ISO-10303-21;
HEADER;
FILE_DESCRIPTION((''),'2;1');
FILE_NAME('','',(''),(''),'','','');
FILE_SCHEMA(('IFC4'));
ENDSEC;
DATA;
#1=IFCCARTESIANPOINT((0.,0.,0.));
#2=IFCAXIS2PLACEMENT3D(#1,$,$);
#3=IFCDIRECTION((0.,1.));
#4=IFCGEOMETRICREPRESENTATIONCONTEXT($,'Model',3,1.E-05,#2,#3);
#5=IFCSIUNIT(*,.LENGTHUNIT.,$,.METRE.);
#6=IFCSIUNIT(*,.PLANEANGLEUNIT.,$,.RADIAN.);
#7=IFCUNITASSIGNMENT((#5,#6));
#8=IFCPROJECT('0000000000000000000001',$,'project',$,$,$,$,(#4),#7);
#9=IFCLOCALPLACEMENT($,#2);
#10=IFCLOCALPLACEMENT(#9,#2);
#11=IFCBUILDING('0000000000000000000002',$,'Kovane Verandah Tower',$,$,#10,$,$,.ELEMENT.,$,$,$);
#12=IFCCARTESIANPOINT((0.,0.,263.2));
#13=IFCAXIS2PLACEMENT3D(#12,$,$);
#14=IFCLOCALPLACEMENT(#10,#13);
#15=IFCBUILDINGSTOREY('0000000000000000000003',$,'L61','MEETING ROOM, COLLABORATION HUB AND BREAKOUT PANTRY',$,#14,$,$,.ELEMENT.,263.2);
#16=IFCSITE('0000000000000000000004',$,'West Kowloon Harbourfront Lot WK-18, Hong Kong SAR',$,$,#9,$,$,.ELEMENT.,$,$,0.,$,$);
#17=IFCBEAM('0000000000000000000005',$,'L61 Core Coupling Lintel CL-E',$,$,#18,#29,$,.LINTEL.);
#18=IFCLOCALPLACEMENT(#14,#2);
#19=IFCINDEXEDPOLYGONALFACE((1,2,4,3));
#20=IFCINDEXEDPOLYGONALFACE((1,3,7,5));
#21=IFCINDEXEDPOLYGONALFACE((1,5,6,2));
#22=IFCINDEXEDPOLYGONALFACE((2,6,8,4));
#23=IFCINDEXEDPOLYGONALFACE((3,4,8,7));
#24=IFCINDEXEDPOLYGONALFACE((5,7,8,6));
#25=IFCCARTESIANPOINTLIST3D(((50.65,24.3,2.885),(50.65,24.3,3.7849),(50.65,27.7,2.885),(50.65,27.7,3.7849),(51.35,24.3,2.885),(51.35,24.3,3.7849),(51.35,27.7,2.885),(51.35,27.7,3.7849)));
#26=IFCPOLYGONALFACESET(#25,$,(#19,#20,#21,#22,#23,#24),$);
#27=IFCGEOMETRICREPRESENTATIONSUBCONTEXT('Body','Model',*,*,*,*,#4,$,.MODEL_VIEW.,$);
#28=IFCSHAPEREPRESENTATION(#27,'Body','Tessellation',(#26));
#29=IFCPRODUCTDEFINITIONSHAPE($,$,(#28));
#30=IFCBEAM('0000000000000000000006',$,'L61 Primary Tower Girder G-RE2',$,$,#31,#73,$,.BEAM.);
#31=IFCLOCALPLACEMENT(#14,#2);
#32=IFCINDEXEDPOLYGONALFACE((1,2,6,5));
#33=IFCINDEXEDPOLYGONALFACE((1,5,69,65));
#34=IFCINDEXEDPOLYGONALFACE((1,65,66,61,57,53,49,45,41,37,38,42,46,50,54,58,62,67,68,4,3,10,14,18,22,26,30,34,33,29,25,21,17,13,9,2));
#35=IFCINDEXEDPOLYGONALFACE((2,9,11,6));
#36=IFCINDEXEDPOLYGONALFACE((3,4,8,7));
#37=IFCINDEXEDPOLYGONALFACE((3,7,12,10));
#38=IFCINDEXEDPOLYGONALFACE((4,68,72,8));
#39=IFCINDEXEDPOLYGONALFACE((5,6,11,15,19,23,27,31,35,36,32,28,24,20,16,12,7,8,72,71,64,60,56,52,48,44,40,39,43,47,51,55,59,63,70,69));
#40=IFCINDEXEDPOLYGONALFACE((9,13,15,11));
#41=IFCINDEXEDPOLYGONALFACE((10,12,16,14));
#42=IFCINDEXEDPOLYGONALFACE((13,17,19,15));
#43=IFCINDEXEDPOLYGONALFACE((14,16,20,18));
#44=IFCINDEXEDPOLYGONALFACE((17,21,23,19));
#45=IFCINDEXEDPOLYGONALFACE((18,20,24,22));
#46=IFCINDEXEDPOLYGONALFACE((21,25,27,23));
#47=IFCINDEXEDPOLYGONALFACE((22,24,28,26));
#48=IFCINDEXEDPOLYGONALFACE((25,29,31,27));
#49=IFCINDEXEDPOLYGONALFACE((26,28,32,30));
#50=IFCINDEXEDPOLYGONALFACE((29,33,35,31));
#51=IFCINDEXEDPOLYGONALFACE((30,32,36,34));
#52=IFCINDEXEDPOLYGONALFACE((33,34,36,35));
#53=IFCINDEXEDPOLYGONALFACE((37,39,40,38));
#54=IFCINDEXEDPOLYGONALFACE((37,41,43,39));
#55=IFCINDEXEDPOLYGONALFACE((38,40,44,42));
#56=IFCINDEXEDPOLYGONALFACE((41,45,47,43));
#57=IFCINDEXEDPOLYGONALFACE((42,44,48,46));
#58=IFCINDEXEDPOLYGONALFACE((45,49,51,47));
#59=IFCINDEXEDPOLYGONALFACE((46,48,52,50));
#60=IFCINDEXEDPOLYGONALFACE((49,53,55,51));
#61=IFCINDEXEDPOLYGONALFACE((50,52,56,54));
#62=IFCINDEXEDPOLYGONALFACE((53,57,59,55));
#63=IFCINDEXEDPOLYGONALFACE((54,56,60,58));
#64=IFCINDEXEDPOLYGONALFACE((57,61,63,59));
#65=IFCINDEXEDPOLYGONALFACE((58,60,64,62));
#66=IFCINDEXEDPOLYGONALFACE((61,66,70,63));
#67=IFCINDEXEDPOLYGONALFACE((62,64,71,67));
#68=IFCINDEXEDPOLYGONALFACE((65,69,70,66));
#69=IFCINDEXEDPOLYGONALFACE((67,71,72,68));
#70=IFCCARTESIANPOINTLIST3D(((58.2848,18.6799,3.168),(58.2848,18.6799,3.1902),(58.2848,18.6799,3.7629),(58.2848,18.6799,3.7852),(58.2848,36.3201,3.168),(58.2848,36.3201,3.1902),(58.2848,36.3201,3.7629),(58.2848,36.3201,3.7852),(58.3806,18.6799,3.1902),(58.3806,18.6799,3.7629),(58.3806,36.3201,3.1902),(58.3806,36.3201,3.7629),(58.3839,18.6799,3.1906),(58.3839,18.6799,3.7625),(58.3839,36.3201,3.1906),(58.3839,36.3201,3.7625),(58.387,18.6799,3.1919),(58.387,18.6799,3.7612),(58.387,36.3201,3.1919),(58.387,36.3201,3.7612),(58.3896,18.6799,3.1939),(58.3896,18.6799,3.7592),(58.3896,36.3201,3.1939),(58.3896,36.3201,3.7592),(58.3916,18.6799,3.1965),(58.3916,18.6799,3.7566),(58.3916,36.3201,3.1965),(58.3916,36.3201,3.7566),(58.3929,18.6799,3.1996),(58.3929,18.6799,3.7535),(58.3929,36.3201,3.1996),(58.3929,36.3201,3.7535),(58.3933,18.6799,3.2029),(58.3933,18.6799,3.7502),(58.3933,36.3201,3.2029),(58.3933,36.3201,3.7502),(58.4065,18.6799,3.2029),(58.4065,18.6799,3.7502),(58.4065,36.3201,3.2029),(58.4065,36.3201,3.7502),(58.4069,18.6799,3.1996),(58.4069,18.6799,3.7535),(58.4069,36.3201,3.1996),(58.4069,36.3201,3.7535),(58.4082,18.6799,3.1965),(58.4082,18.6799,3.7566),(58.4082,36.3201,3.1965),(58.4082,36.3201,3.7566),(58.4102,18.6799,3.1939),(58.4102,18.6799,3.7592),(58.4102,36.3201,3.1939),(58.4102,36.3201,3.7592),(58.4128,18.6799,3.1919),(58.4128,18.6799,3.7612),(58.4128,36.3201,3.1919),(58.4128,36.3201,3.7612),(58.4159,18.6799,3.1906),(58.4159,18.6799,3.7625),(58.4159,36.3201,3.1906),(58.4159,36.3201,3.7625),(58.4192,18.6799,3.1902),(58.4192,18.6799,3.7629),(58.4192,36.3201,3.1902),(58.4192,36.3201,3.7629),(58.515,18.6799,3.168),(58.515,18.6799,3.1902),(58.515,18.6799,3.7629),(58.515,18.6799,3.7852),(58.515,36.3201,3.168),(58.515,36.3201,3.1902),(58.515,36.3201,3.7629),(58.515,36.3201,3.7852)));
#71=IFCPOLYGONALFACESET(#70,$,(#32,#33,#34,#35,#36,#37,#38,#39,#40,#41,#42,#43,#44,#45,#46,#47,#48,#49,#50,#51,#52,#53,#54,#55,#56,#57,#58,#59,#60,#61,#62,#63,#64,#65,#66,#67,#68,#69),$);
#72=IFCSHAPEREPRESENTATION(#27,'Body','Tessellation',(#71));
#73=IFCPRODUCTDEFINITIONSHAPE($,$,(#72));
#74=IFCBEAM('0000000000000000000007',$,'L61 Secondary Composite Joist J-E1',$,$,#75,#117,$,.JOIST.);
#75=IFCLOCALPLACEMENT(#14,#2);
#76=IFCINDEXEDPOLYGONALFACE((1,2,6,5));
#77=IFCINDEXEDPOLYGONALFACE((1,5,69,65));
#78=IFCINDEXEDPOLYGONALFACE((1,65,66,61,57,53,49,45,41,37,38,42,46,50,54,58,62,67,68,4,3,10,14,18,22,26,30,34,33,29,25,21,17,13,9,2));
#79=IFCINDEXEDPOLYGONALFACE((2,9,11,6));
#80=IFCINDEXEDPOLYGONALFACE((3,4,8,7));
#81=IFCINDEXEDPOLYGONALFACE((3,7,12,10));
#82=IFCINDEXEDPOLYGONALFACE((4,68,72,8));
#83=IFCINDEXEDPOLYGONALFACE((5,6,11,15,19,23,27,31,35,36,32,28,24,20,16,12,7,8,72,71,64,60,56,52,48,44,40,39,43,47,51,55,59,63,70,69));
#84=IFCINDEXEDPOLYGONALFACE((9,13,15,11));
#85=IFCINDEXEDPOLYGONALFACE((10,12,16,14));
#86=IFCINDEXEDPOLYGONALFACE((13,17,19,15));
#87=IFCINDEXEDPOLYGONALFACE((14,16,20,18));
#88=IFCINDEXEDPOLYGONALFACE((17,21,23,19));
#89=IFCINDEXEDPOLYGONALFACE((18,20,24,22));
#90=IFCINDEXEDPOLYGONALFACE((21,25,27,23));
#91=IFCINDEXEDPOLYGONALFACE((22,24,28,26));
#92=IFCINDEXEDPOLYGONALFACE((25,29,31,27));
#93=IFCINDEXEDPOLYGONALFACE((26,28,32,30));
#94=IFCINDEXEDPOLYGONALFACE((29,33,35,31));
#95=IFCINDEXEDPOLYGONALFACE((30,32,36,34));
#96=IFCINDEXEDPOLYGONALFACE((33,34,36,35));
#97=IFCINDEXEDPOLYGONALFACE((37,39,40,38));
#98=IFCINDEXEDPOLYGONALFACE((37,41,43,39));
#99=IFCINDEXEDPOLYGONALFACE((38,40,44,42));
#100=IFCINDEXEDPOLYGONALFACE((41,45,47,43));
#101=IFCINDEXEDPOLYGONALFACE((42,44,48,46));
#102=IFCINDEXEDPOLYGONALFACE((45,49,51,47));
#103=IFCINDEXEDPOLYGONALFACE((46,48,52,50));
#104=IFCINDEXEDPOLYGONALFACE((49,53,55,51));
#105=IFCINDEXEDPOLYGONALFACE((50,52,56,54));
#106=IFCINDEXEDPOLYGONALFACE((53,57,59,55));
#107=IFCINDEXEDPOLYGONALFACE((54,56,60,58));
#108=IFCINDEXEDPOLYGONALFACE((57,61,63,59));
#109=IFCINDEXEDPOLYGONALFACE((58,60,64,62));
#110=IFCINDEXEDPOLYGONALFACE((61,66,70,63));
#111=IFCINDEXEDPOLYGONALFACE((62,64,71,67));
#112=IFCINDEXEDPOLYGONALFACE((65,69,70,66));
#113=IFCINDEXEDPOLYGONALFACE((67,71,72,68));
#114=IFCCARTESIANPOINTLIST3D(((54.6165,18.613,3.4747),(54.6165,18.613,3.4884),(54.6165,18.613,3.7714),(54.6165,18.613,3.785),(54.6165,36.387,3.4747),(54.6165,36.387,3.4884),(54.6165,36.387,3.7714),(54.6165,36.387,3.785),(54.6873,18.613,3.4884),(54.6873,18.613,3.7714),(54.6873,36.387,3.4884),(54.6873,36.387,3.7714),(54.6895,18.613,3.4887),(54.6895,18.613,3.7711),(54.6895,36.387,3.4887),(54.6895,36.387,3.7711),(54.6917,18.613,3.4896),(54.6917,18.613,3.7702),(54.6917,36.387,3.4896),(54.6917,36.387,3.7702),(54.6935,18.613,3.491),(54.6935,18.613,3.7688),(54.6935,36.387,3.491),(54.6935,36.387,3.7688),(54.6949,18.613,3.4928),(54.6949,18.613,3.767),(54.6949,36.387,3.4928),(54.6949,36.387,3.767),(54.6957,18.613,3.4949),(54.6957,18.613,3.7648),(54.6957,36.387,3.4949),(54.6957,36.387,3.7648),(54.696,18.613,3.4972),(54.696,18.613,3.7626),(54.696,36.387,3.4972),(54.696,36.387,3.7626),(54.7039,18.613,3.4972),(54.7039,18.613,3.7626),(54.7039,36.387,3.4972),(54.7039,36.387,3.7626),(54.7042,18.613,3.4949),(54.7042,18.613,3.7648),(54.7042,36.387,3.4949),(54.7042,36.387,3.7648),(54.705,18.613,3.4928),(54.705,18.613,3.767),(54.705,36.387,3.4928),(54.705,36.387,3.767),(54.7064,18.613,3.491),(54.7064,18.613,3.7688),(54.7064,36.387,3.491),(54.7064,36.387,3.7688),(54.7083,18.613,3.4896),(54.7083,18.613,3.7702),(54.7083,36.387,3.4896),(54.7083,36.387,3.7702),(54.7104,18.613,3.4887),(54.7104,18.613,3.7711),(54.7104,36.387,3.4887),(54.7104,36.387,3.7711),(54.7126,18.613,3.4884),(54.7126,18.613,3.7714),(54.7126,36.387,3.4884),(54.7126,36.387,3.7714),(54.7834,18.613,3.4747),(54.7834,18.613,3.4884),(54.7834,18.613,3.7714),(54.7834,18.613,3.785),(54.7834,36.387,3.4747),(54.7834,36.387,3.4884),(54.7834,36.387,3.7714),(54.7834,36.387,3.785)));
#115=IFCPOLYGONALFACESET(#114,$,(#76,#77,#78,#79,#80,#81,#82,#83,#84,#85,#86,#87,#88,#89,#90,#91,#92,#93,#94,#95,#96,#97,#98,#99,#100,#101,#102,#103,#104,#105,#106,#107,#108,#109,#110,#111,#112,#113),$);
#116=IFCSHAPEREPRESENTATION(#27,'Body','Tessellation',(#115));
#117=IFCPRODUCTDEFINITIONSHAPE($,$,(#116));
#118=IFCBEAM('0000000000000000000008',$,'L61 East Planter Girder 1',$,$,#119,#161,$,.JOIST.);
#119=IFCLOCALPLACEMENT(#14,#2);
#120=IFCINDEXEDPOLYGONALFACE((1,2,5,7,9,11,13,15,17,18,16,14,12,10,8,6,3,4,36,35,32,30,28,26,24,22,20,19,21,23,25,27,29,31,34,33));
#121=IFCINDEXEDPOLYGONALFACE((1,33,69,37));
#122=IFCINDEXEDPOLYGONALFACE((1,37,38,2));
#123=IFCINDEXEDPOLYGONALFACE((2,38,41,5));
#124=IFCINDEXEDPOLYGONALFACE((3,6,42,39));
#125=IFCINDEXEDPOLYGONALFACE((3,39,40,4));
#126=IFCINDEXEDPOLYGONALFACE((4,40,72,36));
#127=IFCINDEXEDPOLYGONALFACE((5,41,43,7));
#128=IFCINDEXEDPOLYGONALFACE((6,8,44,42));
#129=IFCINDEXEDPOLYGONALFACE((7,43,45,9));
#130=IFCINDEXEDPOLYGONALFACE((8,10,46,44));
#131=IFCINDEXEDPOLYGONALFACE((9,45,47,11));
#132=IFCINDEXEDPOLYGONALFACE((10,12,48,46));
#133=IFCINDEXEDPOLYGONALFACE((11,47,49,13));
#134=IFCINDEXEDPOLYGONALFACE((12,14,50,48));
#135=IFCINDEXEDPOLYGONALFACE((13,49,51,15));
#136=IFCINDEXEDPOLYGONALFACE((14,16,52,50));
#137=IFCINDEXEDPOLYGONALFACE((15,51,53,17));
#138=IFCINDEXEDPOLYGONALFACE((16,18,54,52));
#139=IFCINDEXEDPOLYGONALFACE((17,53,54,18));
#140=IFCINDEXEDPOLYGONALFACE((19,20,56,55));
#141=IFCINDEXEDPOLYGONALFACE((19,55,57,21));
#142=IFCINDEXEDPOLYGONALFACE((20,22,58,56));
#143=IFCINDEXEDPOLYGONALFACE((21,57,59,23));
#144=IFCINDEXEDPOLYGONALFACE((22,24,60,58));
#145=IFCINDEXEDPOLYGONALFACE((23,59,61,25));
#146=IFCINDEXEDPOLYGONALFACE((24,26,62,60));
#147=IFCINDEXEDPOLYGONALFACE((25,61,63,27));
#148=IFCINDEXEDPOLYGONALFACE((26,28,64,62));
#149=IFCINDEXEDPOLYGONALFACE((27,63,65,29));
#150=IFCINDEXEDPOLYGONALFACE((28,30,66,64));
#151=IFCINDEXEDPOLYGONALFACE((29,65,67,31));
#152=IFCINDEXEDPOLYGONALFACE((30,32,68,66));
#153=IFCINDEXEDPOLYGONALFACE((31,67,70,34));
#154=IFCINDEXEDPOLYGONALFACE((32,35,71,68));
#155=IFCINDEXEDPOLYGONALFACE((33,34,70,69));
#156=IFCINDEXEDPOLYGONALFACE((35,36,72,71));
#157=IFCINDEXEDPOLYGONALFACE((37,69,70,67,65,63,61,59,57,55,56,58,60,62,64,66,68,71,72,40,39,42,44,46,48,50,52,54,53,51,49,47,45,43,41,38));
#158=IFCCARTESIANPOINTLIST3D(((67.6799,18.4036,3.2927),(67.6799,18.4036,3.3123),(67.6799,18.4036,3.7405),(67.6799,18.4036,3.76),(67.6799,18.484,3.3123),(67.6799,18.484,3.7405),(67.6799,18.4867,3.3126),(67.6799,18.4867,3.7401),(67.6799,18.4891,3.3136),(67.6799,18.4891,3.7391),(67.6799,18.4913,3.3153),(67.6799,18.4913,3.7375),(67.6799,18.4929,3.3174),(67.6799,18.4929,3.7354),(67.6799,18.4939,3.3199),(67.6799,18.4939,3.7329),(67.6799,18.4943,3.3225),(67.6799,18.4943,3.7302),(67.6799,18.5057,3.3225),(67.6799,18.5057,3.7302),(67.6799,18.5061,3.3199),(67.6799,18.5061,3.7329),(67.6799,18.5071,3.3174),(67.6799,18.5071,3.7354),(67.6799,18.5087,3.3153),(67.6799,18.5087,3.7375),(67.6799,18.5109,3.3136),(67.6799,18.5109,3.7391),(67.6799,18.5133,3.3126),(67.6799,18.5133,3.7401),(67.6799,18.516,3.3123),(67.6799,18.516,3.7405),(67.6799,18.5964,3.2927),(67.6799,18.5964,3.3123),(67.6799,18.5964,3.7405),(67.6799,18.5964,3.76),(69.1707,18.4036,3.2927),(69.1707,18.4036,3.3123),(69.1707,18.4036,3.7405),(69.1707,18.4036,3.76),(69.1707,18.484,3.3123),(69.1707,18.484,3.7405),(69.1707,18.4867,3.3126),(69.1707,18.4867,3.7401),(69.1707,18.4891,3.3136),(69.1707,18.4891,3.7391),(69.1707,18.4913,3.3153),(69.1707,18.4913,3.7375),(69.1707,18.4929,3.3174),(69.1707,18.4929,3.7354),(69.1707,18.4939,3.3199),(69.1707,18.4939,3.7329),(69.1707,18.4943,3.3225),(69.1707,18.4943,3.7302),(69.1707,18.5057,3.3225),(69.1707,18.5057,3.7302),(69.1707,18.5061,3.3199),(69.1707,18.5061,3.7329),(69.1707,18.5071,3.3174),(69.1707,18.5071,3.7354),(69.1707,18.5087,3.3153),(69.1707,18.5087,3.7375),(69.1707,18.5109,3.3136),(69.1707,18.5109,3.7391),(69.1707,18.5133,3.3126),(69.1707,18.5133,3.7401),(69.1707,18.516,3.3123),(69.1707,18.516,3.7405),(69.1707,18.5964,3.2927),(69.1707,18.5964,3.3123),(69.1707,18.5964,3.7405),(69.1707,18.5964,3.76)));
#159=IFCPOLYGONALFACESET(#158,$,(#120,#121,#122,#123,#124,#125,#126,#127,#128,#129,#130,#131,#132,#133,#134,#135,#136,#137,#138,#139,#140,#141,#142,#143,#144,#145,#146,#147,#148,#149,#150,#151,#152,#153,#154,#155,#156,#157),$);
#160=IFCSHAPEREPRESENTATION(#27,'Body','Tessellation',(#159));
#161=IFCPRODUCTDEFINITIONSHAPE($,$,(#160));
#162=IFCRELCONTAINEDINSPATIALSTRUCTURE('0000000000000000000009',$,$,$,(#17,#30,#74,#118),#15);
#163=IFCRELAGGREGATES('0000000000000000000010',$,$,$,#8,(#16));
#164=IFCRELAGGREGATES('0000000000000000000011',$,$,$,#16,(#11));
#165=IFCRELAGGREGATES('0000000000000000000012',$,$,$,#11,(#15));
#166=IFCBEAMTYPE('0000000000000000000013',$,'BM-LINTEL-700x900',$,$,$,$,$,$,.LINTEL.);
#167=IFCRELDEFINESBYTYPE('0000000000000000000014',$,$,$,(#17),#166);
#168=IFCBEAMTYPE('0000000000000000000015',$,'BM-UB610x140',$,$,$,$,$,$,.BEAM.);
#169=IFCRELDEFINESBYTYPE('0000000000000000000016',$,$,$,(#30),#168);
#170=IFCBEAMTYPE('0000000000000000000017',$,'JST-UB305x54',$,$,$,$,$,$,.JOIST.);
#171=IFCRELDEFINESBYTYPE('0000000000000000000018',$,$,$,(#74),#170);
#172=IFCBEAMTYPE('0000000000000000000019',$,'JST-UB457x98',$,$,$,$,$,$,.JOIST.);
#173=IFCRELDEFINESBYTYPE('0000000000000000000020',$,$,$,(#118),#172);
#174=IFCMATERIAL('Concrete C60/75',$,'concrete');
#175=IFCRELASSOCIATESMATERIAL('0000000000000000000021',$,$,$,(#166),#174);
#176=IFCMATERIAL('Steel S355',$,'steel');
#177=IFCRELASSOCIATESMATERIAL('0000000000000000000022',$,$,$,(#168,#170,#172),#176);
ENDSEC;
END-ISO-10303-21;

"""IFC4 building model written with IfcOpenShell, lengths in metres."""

from ifc_helpers import new_model, si_unit, direction, frame, origin, origin_2d, place, context, subcontext, project, spatial, rectangle, i_section, extrude, material, material_profile, profile_set, type_object, element, save


model = new_model("IFC4")

# Units and contexts
model_context = context("Model", 3, precision=1e-05, world=origin(), true_north=direction((0.0, 1.0)))
body_context = subcontext(model_context, "Body", "Model", "MODEL_VIEW")
ifc_project = project(units=[si_unit("LENGTHUNIT", "METRE"), si_unit("PLANEANGLEUNIT", "RADIAN")], contexts=[model_context])

# Site, building, storey
site_placement = place(None, origin())
site = spatial("IfcSite", under=ifc_project, at=site_placement, Name="West Kowloon Harbourfront Lot WK-18, Hong Kong SAR", CompositionType="ELEMENT", RefElevation=0.0)
building_placement = place(site_placement, origin())
building = spatial("IfcBuilding", under=site, at=building_placement, Name="Kovane Verandah Tower", CompositionType="ELEMENT")
storey_placement = place(building_placement, frame((0.0, 0.0, 263.2)))
storey = spatial("IfcBuildingStorey", under=building, at=storey_placement, Name="L61", Description="MEETING ROOM, COLLABORATION HUB AND BREAKOUT PANTRY", CompositionType="ELEMENT", Elevation=263.2)

# Beams
ifc_material_1 = material(Name="Concrete C60/75", Category="concrete")
ifc_material_profile_1 = material_profile(ifc_material_1, rectangle(XDim=0.7, YDim=0.8999, at=origin_2d()), Name="RCB700x900")
ifc_profile_set_1 = profile_set([ifc_material_profile_1], Name="Concrete C60/75")
beam_type_1 = type_object("IfcBeamType", Name="BM-LINTEL-700x900", PredefinedType="LINTEL", material=ifc_profile_set_1)
beam_1_placement = place(storey_placement, frame((51.0, 24.3, 3.335), z_axis=(0.0, 1.0, 0.0), x_axis=(-1.0, 0.0, 0.0)))
element("IfcBeam", 1, at=beam_1_placement, inside=storey, type_object=beam_type_1, Name="L61 Core Coupling Lintel CL-E", PredefinedType="LINTEL", context=body_context, shape_type="SweptSolid", body=[
    extrude(rectangle(XDim=0.7, YDim=0.8999, at=origin_2d()), origin(), (0.0, 0.0, 1.0), 3.3999),
])
ifc_material_2 = material(Name="Steel S355", Category="steel")
ifc_material_profile_2 = material_profile(ifc_material_2, i_section(OverallWidth=0.2302, OverallDepth=0.6172, WebThickness=0.0132, FlangeThickness=0.0222, FilletRadius=0.0127, at=origin_2d()), Name="UB610x229x140")
ifc_profile_set_2 = profile_set([ifc_material_profile_2], Name="Steel S355")
beam_type_2 = type_object("IfcBeamType", Name="BM-UB610x140", PredefinedType="BEAM", material=ifc_profile_set_2)
beam_2_placement = place(storey_placement, frame((58.3999, 18.6799, 3.4766), z_axis=(0.0, 1.0, 0.0), x_axis=(-1.0, 0.0, 0.0)))
element("IfcBeam", 2, at=beam_2_placement, inside=storey, type_object=beam_type_2, Name="L61 Primary Tower Girder G-RE2", PredefinedType="BEAM", context=body_context, shape_type="SweptSolid", body=[
    extrude(i_section(OverallWidth=0.2302, OverallDepth=0.6172, WebThickness=0.0132, FlangeThickness=0.0222, FilletRadius=0.0127, at=origin_2d()), origin(), (0.0, 0.0, 1.0), 17.6401),
])
ifc_material_profile_3 = material_profile(ifc_material_2, i_section(OverallWidth=0.167, OverallDepth=0.3103, WebThickness=0.0078, FlangeThickness=0.0137, FilletRadius=0.0088, at=origin_2d()), Name="UB305x165x54")
ifc_profile_set_3 = profile_set([ifc_material_profile_3], Name="Steel S355")
beam_type_3 = type_object("IfcBeamType", Name="JST-UB305x54", PredefinedType="JOIST", material=ifc_profile_set_3)
beam_3_placement = place(storey_placement, frame((54.7, 18.613, 3.6299), z_axis=(0.0, 1.0, 0.0), x_axis=(-1.0, 0.0, 0.0)))
element("IfcBeam", 3, at=beam_3_placement, inside=storey, type_object=beam_type_3, Name="L61 Secondary Composite Joist J-E1", PredefinedType="JOIST", context=body_context, shape_type="SweptSolid", body=[
    extrude(i_section(OverallWidth=0.167, OverallDepth=0.3103, WebThickness=0.0078, FlangeThickness=0.0137, FilletRadius=0.0088, at=origin_2d()), origin(), (0.0, 0.0, 1.0), 17.7739),
])
ifc_material_profile_4 = material_profile(ifc_material_2, i_section(OverallWidth=0.1929, OverallDepth=0.4673, WebThickness=0.0115, FlangeThickness=0.0195, FilletRadius=0.0103, at=origin_2d()), Name="UB457x191x98")
ifc_profile_set_4 = profile_set([ifc_material_profile_4], Name="Steel S355")
beam_type_4 = type_object("IfcBeamType", Name="JST-UB457x98", PredefinedType="JOIST", material=ifc_profile_set_4)
beam_4_placement = place(storey_placement, frame((67.6799, 18.5, 3.5264), z_axis=(1.0, 0.0, 0.0), x_axis=(0.0, 1.0, 0.0)))
element("IfcBeam", 4, at=beam_4_placement, inside=storey, type_object=beam_type_4, Name="L61 East Planter Girder 1", PredefinedType="JOIST", context=body_context, shape_type="SweptSolid", body=[
    extrude(i_section(OverallWidth=0.1929, OverallDepth=0.4673, WebThickness=0.0115, FlangeThickness=0.0195, FilletRadius=0.0103, at=origin_2d()), origin(), (0.0, 0.0, 1.0), 1.4907),
])

save(model, "model.ifc")
